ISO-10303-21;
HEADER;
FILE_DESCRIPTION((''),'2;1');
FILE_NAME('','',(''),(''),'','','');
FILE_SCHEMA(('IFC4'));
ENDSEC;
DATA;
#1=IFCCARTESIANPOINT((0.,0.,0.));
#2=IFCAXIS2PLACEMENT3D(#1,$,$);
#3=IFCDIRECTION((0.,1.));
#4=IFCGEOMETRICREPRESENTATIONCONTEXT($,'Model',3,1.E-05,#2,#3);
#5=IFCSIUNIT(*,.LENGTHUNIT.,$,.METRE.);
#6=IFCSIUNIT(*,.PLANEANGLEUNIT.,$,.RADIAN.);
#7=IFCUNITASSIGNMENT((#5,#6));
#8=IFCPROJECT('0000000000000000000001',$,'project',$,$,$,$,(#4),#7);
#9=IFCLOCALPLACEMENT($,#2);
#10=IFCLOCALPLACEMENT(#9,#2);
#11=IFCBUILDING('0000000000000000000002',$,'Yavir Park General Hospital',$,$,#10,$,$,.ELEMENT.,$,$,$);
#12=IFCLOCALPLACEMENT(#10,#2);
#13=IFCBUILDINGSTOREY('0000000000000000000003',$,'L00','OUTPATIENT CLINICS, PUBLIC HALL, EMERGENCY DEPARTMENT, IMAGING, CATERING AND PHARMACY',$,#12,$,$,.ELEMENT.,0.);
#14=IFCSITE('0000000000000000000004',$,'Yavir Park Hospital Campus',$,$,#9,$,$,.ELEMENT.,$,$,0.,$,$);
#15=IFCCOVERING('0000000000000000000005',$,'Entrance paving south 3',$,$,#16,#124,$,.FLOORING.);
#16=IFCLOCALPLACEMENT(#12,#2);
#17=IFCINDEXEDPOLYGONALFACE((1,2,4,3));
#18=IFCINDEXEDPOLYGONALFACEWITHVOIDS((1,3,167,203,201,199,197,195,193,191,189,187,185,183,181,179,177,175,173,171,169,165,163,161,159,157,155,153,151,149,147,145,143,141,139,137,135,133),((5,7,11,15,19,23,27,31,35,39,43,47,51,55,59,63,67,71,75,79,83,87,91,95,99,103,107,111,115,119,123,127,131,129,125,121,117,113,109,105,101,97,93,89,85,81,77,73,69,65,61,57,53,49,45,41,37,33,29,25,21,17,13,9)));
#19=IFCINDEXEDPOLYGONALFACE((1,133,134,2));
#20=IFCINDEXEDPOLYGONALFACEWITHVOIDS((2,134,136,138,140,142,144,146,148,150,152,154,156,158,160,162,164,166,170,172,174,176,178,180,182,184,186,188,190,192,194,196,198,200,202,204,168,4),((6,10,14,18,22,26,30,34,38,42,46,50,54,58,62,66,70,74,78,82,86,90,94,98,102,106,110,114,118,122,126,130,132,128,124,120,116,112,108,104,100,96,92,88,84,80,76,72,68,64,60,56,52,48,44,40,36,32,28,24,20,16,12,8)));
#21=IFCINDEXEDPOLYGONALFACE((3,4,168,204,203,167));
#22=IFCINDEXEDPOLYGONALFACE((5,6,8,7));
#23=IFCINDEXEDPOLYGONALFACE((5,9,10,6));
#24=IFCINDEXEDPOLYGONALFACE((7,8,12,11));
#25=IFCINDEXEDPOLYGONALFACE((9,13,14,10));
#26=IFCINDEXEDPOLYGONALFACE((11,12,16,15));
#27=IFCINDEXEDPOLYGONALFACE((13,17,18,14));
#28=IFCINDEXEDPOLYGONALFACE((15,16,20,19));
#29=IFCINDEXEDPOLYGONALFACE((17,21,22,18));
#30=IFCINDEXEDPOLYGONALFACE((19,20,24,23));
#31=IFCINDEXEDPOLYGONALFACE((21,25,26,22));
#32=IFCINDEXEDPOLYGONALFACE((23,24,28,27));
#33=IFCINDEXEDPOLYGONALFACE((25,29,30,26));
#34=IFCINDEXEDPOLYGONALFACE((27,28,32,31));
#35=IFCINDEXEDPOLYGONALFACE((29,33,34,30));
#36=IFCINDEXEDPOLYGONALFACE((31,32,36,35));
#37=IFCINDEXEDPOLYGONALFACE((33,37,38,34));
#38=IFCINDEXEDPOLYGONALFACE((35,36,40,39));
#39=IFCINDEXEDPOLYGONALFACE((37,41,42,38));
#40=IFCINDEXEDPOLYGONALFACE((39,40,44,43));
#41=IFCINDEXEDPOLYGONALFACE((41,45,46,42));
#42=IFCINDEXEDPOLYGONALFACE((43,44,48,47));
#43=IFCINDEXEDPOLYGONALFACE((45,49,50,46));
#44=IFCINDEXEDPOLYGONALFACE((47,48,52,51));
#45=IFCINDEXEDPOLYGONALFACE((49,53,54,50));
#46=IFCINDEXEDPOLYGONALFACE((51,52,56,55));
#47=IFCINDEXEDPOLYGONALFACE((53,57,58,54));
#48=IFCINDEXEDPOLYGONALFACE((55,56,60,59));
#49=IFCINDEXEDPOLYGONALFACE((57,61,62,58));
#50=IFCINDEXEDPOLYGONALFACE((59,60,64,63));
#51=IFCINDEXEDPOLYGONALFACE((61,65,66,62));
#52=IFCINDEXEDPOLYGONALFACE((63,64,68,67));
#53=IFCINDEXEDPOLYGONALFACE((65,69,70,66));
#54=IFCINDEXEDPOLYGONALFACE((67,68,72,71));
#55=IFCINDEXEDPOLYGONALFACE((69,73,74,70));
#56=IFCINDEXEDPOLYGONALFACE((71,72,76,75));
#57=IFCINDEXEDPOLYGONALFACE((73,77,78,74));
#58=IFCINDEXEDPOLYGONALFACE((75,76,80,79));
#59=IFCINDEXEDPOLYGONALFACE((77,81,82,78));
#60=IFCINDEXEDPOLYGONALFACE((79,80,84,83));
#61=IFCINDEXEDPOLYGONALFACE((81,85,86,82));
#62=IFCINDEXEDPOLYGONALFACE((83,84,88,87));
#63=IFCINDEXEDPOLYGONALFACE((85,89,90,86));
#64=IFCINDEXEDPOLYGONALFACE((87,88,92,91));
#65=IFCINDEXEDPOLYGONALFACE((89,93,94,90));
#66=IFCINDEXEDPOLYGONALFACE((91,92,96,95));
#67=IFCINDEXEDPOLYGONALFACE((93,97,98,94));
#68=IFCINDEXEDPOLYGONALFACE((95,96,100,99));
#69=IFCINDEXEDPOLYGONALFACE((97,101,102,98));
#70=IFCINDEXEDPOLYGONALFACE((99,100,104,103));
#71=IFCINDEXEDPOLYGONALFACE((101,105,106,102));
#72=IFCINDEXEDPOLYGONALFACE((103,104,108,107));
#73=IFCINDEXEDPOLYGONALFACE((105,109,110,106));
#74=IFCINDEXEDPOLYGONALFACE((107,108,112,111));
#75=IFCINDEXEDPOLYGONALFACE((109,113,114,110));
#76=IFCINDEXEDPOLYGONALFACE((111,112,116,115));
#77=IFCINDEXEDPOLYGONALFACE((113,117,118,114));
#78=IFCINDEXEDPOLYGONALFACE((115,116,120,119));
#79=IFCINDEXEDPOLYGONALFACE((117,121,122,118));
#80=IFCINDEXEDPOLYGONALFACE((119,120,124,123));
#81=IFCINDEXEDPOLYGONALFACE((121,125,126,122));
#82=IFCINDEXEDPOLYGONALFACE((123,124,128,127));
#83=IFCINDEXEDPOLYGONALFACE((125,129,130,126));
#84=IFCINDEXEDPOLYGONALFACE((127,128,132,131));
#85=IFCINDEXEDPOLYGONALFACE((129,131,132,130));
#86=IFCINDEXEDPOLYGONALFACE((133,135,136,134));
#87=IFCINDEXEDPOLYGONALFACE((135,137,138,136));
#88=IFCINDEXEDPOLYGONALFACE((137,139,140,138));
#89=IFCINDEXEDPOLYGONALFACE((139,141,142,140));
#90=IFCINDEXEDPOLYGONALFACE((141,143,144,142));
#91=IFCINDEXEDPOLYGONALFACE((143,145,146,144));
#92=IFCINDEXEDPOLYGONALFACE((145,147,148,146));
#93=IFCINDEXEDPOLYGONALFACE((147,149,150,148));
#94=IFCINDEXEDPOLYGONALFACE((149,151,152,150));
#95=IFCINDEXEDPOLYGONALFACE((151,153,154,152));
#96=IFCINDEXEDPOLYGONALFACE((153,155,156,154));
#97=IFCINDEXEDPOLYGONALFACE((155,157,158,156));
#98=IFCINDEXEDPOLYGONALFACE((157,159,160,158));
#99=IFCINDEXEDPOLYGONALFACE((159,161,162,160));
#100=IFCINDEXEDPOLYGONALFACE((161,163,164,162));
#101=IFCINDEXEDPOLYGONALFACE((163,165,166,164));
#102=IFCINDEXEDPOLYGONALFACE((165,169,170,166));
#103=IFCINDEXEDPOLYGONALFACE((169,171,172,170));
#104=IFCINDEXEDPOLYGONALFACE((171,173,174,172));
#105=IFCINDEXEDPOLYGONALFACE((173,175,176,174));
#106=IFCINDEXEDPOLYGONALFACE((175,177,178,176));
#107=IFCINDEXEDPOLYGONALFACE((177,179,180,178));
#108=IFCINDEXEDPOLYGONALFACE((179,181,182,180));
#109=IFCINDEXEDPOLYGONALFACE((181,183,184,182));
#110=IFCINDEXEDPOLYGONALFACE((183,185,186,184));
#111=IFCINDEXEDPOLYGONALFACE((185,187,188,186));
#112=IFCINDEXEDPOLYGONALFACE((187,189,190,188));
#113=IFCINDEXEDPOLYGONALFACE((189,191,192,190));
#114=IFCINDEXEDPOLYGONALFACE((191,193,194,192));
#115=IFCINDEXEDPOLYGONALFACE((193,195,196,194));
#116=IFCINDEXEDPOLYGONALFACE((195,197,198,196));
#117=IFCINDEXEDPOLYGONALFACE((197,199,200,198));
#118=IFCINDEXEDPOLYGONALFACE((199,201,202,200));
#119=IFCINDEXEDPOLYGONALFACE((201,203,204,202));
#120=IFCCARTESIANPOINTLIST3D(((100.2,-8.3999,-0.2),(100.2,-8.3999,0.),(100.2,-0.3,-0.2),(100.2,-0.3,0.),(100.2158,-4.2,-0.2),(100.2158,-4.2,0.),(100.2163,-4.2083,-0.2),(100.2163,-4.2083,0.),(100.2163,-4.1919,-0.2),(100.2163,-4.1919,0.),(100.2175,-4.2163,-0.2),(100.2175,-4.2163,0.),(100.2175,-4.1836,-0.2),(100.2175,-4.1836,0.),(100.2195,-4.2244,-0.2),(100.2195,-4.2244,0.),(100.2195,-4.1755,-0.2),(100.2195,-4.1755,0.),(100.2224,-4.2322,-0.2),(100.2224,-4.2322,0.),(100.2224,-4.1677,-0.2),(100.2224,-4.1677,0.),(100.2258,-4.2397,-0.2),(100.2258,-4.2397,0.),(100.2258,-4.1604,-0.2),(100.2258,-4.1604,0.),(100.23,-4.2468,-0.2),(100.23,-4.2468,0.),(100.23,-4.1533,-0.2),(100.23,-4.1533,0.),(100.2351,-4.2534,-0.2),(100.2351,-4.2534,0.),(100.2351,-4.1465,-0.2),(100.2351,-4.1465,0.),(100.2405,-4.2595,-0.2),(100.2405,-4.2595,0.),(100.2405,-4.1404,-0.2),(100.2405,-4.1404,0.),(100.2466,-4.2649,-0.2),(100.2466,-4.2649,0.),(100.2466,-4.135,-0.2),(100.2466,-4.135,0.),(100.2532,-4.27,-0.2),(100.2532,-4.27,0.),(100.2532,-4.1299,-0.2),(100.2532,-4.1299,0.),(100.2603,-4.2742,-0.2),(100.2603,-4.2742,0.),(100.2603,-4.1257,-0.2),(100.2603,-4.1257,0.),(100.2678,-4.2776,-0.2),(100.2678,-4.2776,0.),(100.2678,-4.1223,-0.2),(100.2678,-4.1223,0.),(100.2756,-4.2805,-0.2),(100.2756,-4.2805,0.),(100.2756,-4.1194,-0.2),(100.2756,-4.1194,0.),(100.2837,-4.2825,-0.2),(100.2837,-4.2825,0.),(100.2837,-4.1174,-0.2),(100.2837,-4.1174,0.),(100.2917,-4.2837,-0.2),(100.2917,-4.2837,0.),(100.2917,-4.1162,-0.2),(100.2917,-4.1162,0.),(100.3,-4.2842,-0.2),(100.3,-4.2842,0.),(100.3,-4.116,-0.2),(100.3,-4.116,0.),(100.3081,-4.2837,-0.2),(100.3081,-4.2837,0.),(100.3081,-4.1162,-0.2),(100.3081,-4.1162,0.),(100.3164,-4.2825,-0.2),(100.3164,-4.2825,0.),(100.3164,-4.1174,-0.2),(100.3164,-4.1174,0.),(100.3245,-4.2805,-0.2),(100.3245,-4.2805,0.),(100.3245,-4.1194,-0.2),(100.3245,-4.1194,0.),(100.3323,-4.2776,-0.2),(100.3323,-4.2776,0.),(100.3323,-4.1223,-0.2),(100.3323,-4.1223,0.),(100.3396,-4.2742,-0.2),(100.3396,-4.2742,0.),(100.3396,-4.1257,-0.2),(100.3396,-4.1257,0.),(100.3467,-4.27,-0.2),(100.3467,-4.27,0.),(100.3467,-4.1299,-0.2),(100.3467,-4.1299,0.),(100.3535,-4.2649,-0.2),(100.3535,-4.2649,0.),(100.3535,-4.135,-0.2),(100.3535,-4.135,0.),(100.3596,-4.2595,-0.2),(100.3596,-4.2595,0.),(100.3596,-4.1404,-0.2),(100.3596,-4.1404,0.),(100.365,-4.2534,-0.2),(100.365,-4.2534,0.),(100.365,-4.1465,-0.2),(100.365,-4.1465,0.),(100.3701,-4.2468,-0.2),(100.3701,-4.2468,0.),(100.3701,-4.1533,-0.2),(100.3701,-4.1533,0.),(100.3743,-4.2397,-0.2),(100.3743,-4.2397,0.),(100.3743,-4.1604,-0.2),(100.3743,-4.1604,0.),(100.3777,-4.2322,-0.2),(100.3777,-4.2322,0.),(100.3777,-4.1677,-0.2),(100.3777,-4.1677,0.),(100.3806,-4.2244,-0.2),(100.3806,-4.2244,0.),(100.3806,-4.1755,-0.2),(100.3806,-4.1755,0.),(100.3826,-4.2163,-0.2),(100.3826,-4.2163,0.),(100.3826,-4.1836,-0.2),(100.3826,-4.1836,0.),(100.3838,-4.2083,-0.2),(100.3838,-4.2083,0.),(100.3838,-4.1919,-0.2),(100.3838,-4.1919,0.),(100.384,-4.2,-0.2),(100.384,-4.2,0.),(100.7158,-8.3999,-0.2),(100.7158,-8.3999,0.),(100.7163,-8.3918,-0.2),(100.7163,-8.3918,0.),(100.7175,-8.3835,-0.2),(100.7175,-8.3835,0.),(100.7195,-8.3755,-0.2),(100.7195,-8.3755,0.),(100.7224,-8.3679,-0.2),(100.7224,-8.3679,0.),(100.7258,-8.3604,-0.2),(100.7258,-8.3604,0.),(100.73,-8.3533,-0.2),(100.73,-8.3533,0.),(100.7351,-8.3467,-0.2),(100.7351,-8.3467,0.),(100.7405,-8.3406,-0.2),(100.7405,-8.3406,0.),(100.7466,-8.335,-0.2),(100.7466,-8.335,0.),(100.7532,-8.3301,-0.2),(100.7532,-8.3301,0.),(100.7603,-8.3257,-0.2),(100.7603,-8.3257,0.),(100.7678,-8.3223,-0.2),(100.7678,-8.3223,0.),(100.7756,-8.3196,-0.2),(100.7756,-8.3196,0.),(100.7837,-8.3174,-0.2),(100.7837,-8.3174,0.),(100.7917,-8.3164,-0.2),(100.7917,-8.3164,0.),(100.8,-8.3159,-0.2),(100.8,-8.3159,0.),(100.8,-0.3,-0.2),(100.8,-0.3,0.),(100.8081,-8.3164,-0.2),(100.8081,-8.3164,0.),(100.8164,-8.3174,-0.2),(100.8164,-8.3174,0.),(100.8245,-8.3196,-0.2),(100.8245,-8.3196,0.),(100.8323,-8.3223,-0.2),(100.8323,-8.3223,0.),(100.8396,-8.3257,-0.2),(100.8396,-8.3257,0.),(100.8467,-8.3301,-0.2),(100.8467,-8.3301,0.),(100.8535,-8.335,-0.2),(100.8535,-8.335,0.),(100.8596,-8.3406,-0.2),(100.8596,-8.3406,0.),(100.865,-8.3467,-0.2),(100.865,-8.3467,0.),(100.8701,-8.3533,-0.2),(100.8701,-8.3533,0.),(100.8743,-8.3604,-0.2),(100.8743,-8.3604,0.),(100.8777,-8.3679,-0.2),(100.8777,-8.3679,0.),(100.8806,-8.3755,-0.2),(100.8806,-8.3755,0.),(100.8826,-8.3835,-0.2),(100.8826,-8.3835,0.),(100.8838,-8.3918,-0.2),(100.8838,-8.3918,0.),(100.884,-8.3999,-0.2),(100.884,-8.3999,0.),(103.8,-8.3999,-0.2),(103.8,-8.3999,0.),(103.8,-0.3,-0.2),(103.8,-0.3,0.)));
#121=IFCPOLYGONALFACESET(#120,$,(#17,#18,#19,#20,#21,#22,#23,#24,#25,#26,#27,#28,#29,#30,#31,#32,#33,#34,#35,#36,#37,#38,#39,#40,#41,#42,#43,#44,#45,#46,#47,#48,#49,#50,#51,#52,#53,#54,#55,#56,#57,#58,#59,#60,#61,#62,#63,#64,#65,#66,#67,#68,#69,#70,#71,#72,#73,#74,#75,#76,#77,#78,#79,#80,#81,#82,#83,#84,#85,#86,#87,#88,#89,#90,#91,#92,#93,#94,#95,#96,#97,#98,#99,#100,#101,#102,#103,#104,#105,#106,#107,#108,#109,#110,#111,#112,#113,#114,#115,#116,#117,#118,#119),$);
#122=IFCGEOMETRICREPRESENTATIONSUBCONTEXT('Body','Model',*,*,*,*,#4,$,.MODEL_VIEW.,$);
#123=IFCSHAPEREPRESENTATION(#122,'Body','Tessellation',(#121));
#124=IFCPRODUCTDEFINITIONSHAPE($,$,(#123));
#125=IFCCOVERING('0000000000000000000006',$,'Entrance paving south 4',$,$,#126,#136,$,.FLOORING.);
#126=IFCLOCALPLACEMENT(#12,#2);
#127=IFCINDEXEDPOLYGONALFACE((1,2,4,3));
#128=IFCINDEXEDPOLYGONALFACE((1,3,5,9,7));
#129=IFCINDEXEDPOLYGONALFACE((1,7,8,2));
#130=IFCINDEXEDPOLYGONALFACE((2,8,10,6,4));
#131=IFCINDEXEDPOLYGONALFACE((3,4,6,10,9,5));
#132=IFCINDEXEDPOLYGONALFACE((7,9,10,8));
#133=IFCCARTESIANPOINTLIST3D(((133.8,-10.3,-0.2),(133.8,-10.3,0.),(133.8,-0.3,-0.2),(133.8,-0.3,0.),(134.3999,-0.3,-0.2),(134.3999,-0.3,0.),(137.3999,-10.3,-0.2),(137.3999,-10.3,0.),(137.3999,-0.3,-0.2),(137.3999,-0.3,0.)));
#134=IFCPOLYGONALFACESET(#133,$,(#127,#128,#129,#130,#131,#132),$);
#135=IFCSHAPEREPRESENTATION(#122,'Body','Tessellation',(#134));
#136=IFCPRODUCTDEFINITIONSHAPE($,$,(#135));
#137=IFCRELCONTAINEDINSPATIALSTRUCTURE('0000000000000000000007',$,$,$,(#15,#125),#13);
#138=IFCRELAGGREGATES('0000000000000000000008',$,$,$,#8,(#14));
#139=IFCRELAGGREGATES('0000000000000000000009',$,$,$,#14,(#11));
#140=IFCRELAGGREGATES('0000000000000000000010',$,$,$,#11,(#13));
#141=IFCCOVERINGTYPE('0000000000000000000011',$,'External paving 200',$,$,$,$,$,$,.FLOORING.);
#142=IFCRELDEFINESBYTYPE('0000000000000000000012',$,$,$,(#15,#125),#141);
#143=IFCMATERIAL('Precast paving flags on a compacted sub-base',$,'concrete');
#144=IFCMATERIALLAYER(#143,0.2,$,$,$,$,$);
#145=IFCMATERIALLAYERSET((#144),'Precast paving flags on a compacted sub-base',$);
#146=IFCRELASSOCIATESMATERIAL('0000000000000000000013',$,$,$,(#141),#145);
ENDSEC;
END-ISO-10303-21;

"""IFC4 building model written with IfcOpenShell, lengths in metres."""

from ifc_helpers import new_model, si_unit, direction, frame, origin, place, context, subcontext, project, spatial, polyline, outline, extrude, material, layer, layer_set, type_object, element, save


model = new_model("IFC4")

# Units and contexts
model_context = context("Model", 3, precision=1e-05, world=origin(), true_north=direction((0.0, 1.0)))
body_context = subcontext(model_context, "Body", "Model", "MODEL_VIEW")
ifc_project = project(units=[si_unit("LENGTHUNIT", "METRE"), si_unit("PLANEANGLEUNIT", "RADIAN")], contexts=[model_context])

# Site, building, storey
site_placement = place(None, origin())
site = spatial("IfcSite", under=ifc_project, at=site_placement, Name="Yavir Park Hospital Campus", CompositionType="ELEMENT", RefElevation=0.0)
building_placement = place(site_placement, origin())
building = spatial("IfcBuilding", under=site, at=building_placement, Name="Yavir Park General Hospital", CompositionType="ELEMENT")
storey_placement = place(building_placement, origin())
storey = spatial("IfcBuildingStorey", under=building, at=storey_placement, Name="L00", Description="OUTPATIENT CLINICS, PUBLIC HALL, EMERGENCY DEPARTMENT, IMAGING, CATERING AND PHARMACY", CompositionType="ELEMENT", Elevation=0.0)

# Coverings
ifc_material_1 = material(Name="Precast paving flags on a compacted sub-base", Category="concrete")
ifc_layer_1 = layer(ifc_material_1, 0.2)
ifc_layer_set_1 = layer_set([ifc_layer_1], Name="Precast paving flags on a compacted sub-base")
covering_type = type_object("IfcCoveringType", Name="External paving 200", PredefinedType="FLOORING", material=ifc_layer_set_1)
covering_1_placement = place(storey_placement, frame((0.0, 0.0, -0.2)))
element("IfcCovering", 1, at=covering_1_placement, inside=storey, type_object=covering_type, Name="Entrance paving south 3", PredefinedType="FLOORING", context=body_context, shape_type="SweptSolid", body=[
    extrude(outline(polyline([(100.7917, -8.3164), (100.7837, -8.3174), (100.7756, -8.3196), (100.7678, -8.3223), (100.7603, -8.3257), (100.7532, -8.3301), (100.7466, -8.335), (100.7405, -8.3406), (100.7351, -8.3467), (100.73, -8.3533), (100.7258, -8.3604), (100.7224, -8.3679), (100.7195, -8.3755), (100.7175, -8.3835), (100.7163, -8.3918), (100.7158, -8.3999), (100.2, -8.3999), (100.2, -0.3), (100.8, -0.3), (103.8, -0.3), (103.8, -8.3999), (100.884, -8.3999), (100.8838, -8.3918), (100.8826, -8.3835), (100.8806, -8.3755), (100.8777, -8.3679), (100.8743, -8.3604), (100.8701, -8.3533), (100.865, -8.3467), (100.8596, -8.3406), (100.8535, -8.335), (100.8467, -8.3301), (100.8396, -8.3257), (100.8323, -8.3223), (100.8245, -8.3196), (100.8164, -8.3174), (100.8081, -8.3164), (100.8, -8.3159), (100.7917, -8.3164)]), holes=[polyline([(100.3081, -4.1162), (100.3, -4.116), (100.2917, -4.1162), (100.2837, -4.1174), (100.2756, -4.1194), (100.2678, -4.1223), (100.2603, -4.1257), (100.2532, -4.1299), (100.2466, -4.135), (100.2405, -4.1404), (100.2351, -4.1465), (100.23, -4.1533), (100.2258, -4.1604), (100.2224, -4.1677), (100.2195, -4.1755), (100.2175, -4.1836), (100.2163, -4.1919), (100.2158, -4.2), (100.2163, -4.2083), (100.2175, -4.2163), (100.2195, -4.2244), (100.2224, -4.2322), (100.2258, -4.2397), (100.23, -4.2468), (100.2351, -4.2534), (100.2405, -4.2595), (100.2466, -4.2649), (100.2532, -4.27), (100.2603, -4.2742), (100.2678, -4.2776), (100.2756, -4.2805), (100.2837, -4.2825), (100.2917, -4.2837), (100.3, -4.2842), (100.3081, -4.2837), (100.3164, -4.2825), (100.3245, -4.2805), (100.3323, -4.2776), (100.3396, -4.2742), (100.3467, -4.27), (100.3535, -4.2649), (100.3596, -4.2595), (100.365, -4.2534), (100.3701, -4.2468), (100.3743, -4.2397), (100.3777, -4.2322), (100.3806, -4.2244), (100.3826, -4.2163), (100.3838, -4.2083), (100.384, -4.2), (100.3838, -4.1919), (100.3826, -4.1836), (100.3806, -4.1755), (100.3777, -4.1677), (100.3743, -4.1604), (100.3701, -4.1533), (100.365, -4.1465), (100.3596, -4.1404), (100.3535, -4.135), (100.3467, -4.1299), (100.3396, -4.1257), (100.3323, -4.1223), (100.3245, -4.1194), (100.3164, -4.1174), (100.3081, -4.1162)])]), origin(), (0.0, 0.0, 1.0), 0.2),
])
covering_2_placement = place(storey_placement, frame((0.0, 0.0, -0.2)))
element("IfcCovering", 2, at=covering_2_placement, inside=storey, type_object=covering_type, Name="Entrance paving south 4", PredefinedType="FLOORING", context=body_context, shape_type="SweptSolid", body=[
    extrude(outline(polyline([(137.3999, -0.3), (137.3999, -10.3), (133.8, -10.3), (133.8, -0.3), (134.3999, -0.3), (137.3999, -0.3)])), origin(), (0.0, 0.0, 1.0), 0.2),
])

save(model, "model.ifc")
